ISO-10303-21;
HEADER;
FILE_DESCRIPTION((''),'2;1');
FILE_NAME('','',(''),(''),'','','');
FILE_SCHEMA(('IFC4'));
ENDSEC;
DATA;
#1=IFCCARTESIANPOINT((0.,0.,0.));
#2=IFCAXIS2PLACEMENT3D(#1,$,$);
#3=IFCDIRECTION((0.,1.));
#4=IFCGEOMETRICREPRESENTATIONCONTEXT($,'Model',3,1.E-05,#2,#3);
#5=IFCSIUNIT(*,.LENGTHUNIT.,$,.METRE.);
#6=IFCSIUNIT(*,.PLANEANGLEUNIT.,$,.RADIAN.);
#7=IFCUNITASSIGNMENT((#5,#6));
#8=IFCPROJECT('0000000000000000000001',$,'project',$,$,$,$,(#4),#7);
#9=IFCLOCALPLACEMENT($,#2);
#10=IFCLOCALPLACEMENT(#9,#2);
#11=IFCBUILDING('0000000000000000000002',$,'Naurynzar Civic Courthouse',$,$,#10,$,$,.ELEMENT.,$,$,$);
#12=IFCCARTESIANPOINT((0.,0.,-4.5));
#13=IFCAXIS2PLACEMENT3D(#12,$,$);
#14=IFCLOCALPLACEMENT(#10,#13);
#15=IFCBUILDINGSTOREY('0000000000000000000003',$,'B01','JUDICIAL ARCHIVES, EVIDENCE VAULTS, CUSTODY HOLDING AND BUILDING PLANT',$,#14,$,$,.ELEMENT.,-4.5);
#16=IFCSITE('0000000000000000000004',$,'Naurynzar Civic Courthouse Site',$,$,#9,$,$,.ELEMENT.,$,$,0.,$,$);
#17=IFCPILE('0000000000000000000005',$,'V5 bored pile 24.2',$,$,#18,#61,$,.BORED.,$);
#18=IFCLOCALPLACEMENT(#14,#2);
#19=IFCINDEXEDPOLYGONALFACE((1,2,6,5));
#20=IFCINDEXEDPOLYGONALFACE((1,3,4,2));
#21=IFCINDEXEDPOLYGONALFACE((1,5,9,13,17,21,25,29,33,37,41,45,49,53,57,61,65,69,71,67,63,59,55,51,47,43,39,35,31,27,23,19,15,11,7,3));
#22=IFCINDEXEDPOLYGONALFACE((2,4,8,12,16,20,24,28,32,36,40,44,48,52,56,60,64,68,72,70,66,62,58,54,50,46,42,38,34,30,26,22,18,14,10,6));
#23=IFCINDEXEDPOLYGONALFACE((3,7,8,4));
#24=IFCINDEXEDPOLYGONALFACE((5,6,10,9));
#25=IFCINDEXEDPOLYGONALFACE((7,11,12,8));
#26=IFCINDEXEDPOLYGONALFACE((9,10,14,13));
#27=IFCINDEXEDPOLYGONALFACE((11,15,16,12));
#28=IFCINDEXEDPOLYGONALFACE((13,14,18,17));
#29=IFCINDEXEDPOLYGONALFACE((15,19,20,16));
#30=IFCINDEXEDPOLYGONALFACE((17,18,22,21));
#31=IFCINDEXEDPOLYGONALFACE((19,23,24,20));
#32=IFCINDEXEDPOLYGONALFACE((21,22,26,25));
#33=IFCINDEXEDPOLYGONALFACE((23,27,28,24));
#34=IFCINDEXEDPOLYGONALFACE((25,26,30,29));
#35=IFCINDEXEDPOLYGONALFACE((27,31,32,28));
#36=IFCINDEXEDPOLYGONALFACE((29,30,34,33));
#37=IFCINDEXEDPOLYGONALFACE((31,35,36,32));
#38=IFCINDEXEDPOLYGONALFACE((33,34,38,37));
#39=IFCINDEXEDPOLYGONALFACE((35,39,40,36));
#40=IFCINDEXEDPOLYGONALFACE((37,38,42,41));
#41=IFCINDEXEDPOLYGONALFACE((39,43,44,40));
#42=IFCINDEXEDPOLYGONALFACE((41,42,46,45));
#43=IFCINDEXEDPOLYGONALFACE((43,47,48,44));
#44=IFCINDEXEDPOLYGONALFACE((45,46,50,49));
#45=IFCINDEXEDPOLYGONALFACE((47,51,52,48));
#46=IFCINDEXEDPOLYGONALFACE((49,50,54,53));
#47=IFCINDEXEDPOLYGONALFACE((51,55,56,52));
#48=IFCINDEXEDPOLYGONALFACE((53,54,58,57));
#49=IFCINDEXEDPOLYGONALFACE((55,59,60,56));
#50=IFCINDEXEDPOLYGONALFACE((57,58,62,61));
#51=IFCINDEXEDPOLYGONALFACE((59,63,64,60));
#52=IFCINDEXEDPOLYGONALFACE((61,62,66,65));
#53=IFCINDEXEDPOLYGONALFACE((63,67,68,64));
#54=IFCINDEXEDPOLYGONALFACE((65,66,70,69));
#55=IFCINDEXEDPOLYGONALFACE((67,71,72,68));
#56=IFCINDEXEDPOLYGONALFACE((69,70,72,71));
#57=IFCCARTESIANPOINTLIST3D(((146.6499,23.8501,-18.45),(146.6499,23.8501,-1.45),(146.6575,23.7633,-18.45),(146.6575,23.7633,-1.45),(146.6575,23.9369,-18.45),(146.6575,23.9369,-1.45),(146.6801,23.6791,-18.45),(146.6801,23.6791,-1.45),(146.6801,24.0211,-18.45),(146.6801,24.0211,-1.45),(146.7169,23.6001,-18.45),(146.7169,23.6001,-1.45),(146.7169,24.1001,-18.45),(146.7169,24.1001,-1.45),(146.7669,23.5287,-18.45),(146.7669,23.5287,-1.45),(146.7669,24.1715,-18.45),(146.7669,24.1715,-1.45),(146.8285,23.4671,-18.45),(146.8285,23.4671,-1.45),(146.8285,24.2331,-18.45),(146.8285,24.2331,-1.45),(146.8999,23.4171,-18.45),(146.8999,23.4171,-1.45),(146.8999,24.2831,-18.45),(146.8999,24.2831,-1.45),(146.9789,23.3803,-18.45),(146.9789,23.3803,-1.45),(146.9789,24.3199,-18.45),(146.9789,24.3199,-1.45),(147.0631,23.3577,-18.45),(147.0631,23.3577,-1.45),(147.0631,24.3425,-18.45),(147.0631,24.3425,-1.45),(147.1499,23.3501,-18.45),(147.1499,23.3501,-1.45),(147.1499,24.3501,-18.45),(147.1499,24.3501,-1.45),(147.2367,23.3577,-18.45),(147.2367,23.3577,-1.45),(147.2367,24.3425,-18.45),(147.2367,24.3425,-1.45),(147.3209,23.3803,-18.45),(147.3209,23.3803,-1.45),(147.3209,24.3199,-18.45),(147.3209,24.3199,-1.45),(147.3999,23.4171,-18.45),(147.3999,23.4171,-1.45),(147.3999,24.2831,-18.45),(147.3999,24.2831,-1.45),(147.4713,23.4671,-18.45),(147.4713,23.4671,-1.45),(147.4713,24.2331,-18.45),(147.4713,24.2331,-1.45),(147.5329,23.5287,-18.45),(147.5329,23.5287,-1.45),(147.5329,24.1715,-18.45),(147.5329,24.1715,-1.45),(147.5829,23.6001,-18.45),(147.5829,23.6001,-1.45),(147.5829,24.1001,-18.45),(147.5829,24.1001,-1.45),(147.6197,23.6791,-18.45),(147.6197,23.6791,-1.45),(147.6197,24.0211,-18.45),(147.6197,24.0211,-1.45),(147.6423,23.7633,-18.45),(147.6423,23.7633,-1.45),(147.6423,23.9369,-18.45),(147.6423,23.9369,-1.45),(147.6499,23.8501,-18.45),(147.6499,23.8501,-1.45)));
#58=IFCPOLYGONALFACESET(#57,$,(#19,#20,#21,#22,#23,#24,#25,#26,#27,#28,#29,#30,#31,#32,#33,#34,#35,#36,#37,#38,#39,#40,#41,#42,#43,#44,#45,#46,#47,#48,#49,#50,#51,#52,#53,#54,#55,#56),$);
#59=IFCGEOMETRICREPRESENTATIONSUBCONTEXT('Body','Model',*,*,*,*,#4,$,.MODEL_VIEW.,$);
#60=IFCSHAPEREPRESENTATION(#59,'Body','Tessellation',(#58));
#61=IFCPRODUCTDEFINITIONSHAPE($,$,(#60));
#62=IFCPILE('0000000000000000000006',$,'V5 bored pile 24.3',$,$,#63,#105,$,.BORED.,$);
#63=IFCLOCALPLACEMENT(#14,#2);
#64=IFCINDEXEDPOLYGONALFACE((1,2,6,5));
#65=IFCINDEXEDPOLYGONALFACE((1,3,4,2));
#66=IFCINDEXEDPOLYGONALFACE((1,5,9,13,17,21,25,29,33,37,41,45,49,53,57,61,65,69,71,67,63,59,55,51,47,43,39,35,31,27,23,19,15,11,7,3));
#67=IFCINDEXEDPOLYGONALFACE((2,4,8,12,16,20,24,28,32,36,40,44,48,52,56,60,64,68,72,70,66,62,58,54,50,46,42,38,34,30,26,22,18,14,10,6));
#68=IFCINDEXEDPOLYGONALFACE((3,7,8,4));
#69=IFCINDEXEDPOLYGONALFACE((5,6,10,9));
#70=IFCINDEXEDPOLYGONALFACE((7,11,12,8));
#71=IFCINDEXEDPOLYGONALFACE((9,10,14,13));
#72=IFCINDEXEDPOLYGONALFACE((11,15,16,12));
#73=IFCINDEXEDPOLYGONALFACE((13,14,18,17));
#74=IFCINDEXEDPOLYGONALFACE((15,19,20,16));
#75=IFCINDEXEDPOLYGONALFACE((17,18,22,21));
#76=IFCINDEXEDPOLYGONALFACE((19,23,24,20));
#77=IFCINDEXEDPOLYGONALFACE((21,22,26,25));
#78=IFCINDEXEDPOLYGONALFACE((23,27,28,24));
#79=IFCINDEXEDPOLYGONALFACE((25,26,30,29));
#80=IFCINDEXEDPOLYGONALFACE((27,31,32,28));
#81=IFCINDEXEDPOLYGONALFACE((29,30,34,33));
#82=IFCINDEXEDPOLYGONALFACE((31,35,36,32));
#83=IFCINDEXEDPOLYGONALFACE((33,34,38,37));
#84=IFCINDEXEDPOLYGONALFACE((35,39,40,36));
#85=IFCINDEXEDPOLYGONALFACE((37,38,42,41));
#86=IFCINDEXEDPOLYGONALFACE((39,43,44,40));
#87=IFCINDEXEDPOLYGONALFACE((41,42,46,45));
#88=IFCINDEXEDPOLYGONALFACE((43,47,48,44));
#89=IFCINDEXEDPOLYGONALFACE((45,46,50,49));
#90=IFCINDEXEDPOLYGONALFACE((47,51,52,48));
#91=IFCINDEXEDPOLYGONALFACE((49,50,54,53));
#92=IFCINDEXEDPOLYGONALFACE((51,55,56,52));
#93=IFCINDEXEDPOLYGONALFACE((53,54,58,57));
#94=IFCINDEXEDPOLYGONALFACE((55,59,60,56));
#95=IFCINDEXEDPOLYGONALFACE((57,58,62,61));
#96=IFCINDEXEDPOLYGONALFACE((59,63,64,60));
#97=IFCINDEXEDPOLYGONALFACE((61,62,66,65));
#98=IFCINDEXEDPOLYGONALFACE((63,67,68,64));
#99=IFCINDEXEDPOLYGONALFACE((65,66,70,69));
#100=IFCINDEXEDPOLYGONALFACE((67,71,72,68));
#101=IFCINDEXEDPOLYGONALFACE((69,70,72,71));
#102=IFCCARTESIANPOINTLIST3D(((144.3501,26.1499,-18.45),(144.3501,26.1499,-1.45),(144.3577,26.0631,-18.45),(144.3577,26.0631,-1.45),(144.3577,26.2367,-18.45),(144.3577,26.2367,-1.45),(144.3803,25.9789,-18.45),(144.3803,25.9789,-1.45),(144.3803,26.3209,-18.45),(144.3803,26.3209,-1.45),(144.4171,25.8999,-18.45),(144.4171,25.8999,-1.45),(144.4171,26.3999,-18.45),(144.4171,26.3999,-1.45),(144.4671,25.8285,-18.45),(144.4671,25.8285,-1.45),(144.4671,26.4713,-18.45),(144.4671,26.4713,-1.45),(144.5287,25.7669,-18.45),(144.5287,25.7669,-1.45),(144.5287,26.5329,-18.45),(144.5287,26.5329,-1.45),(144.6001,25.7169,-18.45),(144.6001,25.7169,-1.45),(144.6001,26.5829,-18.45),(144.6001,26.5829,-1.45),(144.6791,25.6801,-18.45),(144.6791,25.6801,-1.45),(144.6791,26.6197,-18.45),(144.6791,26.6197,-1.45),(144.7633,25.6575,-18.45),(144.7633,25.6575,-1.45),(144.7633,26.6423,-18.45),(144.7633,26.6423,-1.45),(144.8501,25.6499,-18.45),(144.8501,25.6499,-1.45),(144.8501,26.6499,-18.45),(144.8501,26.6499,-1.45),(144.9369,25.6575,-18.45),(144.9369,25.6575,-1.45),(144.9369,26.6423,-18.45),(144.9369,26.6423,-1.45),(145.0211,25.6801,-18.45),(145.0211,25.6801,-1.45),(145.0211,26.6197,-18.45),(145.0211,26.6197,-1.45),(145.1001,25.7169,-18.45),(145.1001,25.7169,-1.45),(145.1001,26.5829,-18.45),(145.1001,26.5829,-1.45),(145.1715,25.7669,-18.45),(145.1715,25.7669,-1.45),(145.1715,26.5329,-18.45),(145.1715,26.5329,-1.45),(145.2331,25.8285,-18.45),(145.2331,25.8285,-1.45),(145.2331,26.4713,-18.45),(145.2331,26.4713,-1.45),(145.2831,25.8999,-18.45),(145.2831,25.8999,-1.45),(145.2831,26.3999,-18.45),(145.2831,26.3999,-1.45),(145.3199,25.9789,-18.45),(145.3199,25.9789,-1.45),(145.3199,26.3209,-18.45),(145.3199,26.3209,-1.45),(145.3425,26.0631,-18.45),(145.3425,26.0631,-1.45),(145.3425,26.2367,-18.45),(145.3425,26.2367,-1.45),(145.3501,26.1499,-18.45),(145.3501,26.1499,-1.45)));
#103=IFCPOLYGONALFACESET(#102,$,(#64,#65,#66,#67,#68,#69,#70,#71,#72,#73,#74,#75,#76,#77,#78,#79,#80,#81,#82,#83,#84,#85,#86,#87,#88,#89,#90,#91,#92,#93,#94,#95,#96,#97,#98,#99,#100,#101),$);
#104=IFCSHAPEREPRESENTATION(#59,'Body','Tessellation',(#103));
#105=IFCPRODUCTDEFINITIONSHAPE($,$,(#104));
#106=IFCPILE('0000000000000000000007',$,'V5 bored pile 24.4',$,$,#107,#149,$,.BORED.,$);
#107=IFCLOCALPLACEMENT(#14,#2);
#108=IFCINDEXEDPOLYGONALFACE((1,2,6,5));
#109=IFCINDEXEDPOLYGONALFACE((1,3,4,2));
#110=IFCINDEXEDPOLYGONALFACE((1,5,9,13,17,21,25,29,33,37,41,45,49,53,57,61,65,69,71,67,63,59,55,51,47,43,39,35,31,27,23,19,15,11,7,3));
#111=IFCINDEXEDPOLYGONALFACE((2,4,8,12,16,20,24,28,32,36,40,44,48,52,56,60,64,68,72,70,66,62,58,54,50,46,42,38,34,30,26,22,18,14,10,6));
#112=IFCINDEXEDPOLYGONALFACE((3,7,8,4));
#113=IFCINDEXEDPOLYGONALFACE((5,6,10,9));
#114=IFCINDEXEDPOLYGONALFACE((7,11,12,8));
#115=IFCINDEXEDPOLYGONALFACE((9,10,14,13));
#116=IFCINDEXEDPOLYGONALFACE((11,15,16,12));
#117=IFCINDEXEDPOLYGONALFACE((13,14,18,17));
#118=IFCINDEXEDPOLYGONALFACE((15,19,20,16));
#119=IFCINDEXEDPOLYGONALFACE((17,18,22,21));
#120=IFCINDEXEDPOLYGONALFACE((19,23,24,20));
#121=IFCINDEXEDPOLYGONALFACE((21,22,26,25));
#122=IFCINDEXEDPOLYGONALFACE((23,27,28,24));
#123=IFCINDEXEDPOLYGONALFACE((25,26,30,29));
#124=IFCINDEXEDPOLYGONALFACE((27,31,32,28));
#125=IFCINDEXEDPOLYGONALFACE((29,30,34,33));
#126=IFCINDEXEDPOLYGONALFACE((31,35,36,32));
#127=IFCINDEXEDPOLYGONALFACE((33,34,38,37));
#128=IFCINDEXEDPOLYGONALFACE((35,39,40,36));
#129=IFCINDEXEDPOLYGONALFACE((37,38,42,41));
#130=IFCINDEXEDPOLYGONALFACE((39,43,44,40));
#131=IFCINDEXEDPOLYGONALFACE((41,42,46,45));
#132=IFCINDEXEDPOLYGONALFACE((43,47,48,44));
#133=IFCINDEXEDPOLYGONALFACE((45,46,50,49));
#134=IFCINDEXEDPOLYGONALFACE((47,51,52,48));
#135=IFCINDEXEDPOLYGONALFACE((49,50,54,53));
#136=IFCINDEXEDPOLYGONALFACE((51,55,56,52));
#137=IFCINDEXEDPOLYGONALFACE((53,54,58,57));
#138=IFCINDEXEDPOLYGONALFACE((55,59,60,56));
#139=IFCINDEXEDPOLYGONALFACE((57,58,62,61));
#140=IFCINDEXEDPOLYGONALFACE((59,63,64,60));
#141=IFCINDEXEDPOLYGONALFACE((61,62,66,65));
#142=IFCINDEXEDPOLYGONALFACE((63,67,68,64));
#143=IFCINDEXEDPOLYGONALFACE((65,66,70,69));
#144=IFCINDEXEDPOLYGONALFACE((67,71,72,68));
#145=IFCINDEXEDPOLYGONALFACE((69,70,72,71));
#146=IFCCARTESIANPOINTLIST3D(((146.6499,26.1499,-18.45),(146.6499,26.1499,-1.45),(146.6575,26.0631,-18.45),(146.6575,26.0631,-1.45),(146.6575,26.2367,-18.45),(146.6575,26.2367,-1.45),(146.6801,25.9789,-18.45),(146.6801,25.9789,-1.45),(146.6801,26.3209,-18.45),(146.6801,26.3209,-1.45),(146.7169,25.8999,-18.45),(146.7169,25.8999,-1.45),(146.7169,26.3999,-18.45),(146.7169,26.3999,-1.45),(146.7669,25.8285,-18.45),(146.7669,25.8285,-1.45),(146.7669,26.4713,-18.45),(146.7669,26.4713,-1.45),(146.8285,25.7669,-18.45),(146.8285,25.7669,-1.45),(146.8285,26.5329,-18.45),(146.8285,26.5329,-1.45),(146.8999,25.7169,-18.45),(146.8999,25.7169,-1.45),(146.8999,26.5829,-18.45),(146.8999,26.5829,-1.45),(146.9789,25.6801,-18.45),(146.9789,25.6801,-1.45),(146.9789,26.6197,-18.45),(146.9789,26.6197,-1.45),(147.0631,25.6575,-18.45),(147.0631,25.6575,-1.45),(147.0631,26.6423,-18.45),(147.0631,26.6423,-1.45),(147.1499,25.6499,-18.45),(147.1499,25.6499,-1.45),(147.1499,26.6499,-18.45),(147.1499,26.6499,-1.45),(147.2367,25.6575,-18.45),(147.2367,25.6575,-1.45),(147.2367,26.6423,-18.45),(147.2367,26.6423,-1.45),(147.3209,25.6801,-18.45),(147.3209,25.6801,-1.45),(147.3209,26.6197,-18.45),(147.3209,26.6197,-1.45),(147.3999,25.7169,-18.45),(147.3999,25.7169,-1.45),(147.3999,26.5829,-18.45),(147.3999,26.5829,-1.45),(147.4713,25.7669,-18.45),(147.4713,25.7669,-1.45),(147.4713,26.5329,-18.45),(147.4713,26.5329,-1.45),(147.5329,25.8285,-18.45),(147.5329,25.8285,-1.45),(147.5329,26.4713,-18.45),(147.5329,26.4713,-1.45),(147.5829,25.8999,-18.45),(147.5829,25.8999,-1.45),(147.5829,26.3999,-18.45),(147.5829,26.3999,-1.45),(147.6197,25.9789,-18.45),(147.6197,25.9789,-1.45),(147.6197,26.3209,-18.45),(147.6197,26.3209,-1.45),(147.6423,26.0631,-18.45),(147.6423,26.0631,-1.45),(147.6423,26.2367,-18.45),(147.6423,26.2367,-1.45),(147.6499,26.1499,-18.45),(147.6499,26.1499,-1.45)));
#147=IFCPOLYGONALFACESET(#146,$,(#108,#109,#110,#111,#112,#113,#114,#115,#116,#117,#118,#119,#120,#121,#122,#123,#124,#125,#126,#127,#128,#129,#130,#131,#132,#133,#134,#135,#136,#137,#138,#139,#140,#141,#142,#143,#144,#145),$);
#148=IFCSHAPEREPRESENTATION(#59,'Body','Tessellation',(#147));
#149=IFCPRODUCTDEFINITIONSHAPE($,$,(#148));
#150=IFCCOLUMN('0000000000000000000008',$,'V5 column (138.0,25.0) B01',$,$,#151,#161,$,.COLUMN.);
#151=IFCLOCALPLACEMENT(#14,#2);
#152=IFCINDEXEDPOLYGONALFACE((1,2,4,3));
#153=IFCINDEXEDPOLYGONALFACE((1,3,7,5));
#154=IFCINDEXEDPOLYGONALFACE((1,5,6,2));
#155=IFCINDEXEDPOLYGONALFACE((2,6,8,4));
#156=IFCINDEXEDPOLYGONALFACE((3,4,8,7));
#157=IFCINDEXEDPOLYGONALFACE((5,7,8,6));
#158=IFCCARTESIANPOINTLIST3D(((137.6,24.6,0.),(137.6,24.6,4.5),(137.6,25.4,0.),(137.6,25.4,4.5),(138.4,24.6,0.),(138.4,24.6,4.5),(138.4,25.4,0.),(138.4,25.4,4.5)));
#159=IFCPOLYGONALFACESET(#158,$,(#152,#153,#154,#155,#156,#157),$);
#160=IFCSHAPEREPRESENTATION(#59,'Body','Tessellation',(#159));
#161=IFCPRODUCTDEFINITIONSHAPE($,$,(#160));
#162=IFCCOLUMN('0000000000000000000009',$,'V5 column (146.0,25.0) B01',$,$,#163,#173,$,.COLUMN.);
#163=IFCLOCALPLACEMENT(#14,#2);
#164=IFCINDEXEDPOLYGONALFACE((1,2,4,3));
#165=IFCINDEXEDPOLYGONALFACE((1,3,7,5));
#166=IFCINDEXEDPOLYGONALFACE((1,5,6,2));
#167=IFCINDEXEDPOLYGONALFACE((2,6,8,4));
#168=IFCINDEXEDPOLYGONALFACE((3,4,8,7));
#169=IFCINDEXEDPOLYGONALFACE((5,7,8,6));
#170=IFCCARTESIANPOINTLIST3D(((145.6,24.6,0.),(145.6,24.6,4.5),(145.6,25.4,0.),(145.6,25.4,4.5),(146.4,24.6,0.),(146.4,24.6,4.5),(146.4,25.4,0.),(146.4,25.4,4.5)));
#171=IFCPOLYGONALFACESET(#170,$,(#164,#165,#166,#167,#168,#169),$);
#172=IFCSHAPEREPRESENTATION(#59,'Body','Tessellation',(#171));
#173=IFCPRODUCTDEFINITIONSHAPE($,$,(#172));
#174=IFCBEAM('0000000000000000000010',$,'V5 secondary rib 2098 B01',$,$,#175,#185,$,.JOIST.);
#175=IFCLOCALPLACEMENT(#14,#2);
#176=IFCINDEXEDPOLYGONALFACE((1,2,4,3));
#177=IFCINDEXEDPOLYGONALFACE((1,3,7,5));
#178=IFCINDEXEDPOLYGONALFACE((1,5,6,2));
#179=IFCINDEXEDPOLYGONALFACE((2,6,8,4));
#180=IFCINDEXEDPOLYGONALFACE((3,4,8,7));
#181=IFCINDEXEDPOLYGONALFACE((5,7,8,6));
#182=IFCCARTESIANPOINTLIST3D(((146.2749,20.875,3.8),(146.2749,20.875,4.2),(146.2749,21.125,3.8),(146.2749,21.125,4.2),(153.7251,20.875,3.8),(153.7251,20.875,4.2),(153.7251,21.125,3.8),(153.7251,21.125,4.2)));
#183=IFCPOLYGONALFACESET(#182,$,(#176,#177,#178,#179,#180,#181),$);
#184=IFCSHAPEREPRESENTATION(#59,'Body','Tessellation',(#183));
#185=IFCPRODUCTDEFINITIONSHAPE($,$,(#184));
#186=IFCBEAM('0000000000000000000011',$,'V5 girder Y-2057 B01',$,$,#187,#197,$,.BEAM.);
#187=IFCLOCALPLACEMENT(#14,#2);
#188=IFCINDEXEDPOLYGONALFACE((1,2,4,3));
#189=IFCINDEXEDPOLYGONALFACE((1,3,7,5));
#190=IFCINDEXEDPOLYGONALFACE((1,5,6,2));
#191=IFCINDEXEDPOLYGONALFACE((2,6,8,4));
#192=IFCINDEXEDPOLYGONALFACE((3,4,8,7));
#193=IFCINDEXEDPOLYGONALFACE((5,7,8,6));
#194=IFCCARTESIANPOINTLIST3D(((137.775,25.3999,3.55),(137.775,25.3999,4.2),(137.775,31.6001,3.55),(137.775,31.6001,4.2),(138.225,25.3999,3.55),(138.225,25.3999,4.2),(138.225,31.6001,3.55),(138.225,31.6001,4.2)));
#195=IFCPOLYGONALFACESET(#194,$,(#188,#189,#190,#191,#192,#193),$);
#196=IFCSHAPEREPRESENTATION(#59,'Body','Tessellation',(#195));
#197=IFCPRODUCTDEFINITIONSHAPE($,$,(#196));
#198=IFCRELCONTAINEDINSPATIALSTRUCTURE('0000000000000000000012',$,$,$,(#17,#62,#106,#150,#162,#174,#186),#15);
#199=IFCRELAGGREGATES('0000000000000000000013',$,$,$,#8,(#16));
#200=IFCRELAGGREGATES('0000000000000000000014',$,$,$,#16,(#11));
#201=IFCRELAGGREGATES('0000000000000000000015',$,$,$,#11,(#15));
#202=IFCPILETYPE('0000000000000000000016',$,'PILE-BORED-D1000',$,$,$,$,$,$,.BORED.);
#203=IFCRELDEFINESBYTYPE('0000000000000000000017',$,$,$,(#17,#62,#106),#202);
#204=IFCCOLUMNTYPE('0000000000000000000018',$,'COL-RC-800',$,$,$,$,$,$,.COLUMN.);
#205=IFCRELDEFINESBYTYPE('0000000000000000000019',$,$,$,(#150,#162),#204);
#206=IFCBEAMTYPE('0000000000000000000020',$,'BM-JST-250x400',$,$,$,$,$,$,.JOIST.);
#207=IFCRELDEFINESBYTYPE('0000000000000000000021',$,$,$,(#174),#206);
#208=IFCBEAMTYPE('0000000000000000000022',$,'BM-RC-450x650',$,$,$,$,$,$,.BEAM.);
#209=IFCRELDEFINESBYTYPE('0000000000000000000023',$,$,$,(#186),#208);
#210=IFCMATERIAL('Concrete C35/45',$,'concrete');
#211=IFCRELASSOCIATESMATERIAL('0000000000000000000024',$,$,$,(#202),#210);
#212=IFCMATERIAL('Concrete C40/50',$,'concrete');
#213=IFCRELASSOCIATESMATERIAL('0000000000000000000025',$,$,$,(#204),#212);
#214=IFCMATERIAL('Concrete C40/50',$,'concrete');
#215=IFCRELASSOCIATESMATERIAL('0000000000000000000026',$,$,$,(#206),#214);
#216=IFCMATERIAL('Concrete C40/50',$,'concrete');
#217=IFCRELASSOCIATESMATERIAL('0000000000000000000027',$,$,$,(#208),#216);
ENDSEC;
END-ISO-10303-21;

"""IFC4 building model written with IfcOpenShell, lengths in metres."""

from ifc_helpers import new_model, si_unit, direction, frame, origin, origin_2d, place, context, subcontext, project, spatial, rectangle, circle, extrude, material, material_profile, profile_set, type_object, element, save


model = new_model("IFC4")

# Units and contexts
model_context = context("Model", 3, precision=1e-05, world=origin(), true_north=direction((0.0, 1.0)))
body_context = subcontext(model_context, "Body", "Model", "MODEL_VIEW")
ifc_project = project(units=[si_unit("LENGTHUNIT", "METRE"), si_unit("PLANEANGLEUNIT", "RADIAN")], contexts=[model_context])

# Site, building, storey
site_placement = place(None, origin())
site = spatial("IfcSite", under=ifc_project, at=site_placement, Name="Naurynzar Civic Courthouse Site", CompositionType="ELEMENT", RefElevation=0.0)
building_placement = place(site_placement, origin())
building = spatial("IfcBuilding", under=site, at=building_placement, Name="Naurynzar Civic Courthouse", CompositionType="ELEMENT")
storey_placement = place(building_placement, frame((0.0, 0.0, -4.5)))
storey = spatial("IfcBuildingStorey", under=building, at=storey_placement, Name="B01", Description="JUDICIAL ARCHIVES, EVIDENCE VAULTS, CUSTODY HOLDING AND BUILDING PLANT", CompositionType="ELEMENT", Elevation=-4.5)

# Piles
ifc_material_1 = material(Name="Concrete C35/45", Category="concrete")
ifc_material_profile_1 = material_profile(ifc_material_1, circle(Radius=0.5, at=origin_2d()), Name="PILE D1000")
ifc_profile_set_1 = profile_set([ifc_material_profile_1], Name="Concrete C35/45")
pile_type = type_object("IfcPileType", Name="PILE-BORED-D1000", PredefinedType="BORED", material=ifc_profile_set_1)
for number, where, z_axis, x_axis, name in (
    (1, (147.1499, 23.8501, -1.45), (0.0, 0.0, -1.0), (1.0, 0.0, 0.0), "V5 bored pile 24.2"),
    (2, (144.8501, 26.1499, -1.45), (0.0, 0.0, -1.0), (1.0, 0.0, 0.0), "V5 bored pile 24.3"),
    (3, (147.1499, 26.1499, -1.45), (0.0, 0.0, -1.0), (1.0, 0.0, 0.0), "V5 bored pile 24.4"),
):
    element("IfcPile", number, at=place(storey_placement, frame(where, z_axis=z_axis, x_axis=x_axis)), inside=storey, type_object=pile_type, Name=name, PredefinedType="BORED", context=body_context, shape_type="SweptSolid", body=[
        extrude(circle(Radius=0.5, at=origin_2d()), origin(), (0.0, 0.0, 1.0), 17.0),
    ])

# Columns
ifc_material_2 = material(Name="Concrete C40/50", Category="concrete")
ifc_material_profile_2 = material_profile(ifc_material_2, rectangle(XDim=0.8, YDim=0.8, at=origin_2d()), Name="RC 800x800")
ifc_profile_set_2 = profile_set([ifc_material_profile_2], Name="Concrete C40/50")
column_type = type_object("IfcColumnType", Name="COL-RC-800", PredefinedType="COLUMN", material=ifc_profile_set_2)
for number, where, z_axis, x_axis, name in (
    (4, (138.0, 25.0, 0.0), (0.0, 0.0, 1.0), (1.0, 0.0, 0.0), "V5 column (138.0,25.0) B01"),
    (5, (146.0, 25.0, 0.0), (0.0, 0.0, 1.0), (1.0, 0.0, 0.0), "V5 column (146.0,25.0) B01"),
):
    element("IfcColumn", number, at=place(storey_placement, frame(where, z_axis=z_axis, x_axis=x_axis)), inside=storey, type_object=column_type, Name=name, PredefinedType="COLUMN", context=body_context, shape_type="SweptSolid", body=[
        extrude(rectangle(XDim=0.8, YDim=0.8, at=origin_2d()), origin(), (0.0, 0.0, 1.0), 4.5),
    ])

# Beams
ifc_material_3 = material(Name="Concrete C40/50", Category="concrete")
ifc_material_profile_3 = material_profile(ifc_material_3, rectangle(XDim=0.25, YDim=0.3999, at=origin_2d()), Name="RCB 250x400")
ifc_profile_set_3 = profile_set([ifc_material_profile_3], Name="Concrete C40/50")
beam_type_1 = type_object("IfcBeamType", Name="BM-JST-250x400", PredefinedType="JOIST", material=ifc_profile_set_3)
beam_placement = place(storey_placement, frame((146.2749, 21.0, 4.0), z_axis=(1.0, 0.0, 0.0), x_axis=(0.0, 1.0, 0.0)))
element("IfcBeam", 6, at=beam_placement, inside=storey, type_object=beam_type_1, Name="V5 secondary rib 2098 B01", PredefinedType="JOIST", context=body_context, shape_type="SweptSolid", body=[
    extrude(rectangle(XDim=0.25, YDim=0.3999, at=origin_2d()), origin(), (0.0, 0.0, 1.0), 7.4502),
])
ifc_material_4 = material(Name="Concrete C40/50", Category="concrete")
ifc_material_profile_4 = material_profile(ifc_material_4, rectangle(XDim=0.45, YDim=0.6499, at=origin_2d()), Name="RCB 450x650")
ifc_profile_set_4 = profile_set([ifc_material_profile_4], Name="Concrete C40/50")
beam_type_2 = type_object("IfcBeamType", Name="BM-RC-450x650", PredefinedType="BEAM", material=ifc_profile_set_4)
for number, where, z_axis, x_axis, name in (
    (7, (138.0, 25.3999, 3.875), (0.0, 1.0, 0.0), (-1.0, 0.0, 0.0), "V5 girder Y-2057 B01"),
):
    element("IfcBeam", number, at=place(storey_placement, frame(where, z_axis=z_axis, x_axis=x_axis)), inside=storey, type_object=beam_type_2, Name=name, PredefinedType="BEAM", context=body_context, shape_type="SweptSolid", body=[
        extrude(rectangle(XDim=0.45, YDim=0.6499, at=origin_2d()), origin(), (0.0, 0.0, 1.0), 6.2002),
    ])

save(model, "model.ifc")
